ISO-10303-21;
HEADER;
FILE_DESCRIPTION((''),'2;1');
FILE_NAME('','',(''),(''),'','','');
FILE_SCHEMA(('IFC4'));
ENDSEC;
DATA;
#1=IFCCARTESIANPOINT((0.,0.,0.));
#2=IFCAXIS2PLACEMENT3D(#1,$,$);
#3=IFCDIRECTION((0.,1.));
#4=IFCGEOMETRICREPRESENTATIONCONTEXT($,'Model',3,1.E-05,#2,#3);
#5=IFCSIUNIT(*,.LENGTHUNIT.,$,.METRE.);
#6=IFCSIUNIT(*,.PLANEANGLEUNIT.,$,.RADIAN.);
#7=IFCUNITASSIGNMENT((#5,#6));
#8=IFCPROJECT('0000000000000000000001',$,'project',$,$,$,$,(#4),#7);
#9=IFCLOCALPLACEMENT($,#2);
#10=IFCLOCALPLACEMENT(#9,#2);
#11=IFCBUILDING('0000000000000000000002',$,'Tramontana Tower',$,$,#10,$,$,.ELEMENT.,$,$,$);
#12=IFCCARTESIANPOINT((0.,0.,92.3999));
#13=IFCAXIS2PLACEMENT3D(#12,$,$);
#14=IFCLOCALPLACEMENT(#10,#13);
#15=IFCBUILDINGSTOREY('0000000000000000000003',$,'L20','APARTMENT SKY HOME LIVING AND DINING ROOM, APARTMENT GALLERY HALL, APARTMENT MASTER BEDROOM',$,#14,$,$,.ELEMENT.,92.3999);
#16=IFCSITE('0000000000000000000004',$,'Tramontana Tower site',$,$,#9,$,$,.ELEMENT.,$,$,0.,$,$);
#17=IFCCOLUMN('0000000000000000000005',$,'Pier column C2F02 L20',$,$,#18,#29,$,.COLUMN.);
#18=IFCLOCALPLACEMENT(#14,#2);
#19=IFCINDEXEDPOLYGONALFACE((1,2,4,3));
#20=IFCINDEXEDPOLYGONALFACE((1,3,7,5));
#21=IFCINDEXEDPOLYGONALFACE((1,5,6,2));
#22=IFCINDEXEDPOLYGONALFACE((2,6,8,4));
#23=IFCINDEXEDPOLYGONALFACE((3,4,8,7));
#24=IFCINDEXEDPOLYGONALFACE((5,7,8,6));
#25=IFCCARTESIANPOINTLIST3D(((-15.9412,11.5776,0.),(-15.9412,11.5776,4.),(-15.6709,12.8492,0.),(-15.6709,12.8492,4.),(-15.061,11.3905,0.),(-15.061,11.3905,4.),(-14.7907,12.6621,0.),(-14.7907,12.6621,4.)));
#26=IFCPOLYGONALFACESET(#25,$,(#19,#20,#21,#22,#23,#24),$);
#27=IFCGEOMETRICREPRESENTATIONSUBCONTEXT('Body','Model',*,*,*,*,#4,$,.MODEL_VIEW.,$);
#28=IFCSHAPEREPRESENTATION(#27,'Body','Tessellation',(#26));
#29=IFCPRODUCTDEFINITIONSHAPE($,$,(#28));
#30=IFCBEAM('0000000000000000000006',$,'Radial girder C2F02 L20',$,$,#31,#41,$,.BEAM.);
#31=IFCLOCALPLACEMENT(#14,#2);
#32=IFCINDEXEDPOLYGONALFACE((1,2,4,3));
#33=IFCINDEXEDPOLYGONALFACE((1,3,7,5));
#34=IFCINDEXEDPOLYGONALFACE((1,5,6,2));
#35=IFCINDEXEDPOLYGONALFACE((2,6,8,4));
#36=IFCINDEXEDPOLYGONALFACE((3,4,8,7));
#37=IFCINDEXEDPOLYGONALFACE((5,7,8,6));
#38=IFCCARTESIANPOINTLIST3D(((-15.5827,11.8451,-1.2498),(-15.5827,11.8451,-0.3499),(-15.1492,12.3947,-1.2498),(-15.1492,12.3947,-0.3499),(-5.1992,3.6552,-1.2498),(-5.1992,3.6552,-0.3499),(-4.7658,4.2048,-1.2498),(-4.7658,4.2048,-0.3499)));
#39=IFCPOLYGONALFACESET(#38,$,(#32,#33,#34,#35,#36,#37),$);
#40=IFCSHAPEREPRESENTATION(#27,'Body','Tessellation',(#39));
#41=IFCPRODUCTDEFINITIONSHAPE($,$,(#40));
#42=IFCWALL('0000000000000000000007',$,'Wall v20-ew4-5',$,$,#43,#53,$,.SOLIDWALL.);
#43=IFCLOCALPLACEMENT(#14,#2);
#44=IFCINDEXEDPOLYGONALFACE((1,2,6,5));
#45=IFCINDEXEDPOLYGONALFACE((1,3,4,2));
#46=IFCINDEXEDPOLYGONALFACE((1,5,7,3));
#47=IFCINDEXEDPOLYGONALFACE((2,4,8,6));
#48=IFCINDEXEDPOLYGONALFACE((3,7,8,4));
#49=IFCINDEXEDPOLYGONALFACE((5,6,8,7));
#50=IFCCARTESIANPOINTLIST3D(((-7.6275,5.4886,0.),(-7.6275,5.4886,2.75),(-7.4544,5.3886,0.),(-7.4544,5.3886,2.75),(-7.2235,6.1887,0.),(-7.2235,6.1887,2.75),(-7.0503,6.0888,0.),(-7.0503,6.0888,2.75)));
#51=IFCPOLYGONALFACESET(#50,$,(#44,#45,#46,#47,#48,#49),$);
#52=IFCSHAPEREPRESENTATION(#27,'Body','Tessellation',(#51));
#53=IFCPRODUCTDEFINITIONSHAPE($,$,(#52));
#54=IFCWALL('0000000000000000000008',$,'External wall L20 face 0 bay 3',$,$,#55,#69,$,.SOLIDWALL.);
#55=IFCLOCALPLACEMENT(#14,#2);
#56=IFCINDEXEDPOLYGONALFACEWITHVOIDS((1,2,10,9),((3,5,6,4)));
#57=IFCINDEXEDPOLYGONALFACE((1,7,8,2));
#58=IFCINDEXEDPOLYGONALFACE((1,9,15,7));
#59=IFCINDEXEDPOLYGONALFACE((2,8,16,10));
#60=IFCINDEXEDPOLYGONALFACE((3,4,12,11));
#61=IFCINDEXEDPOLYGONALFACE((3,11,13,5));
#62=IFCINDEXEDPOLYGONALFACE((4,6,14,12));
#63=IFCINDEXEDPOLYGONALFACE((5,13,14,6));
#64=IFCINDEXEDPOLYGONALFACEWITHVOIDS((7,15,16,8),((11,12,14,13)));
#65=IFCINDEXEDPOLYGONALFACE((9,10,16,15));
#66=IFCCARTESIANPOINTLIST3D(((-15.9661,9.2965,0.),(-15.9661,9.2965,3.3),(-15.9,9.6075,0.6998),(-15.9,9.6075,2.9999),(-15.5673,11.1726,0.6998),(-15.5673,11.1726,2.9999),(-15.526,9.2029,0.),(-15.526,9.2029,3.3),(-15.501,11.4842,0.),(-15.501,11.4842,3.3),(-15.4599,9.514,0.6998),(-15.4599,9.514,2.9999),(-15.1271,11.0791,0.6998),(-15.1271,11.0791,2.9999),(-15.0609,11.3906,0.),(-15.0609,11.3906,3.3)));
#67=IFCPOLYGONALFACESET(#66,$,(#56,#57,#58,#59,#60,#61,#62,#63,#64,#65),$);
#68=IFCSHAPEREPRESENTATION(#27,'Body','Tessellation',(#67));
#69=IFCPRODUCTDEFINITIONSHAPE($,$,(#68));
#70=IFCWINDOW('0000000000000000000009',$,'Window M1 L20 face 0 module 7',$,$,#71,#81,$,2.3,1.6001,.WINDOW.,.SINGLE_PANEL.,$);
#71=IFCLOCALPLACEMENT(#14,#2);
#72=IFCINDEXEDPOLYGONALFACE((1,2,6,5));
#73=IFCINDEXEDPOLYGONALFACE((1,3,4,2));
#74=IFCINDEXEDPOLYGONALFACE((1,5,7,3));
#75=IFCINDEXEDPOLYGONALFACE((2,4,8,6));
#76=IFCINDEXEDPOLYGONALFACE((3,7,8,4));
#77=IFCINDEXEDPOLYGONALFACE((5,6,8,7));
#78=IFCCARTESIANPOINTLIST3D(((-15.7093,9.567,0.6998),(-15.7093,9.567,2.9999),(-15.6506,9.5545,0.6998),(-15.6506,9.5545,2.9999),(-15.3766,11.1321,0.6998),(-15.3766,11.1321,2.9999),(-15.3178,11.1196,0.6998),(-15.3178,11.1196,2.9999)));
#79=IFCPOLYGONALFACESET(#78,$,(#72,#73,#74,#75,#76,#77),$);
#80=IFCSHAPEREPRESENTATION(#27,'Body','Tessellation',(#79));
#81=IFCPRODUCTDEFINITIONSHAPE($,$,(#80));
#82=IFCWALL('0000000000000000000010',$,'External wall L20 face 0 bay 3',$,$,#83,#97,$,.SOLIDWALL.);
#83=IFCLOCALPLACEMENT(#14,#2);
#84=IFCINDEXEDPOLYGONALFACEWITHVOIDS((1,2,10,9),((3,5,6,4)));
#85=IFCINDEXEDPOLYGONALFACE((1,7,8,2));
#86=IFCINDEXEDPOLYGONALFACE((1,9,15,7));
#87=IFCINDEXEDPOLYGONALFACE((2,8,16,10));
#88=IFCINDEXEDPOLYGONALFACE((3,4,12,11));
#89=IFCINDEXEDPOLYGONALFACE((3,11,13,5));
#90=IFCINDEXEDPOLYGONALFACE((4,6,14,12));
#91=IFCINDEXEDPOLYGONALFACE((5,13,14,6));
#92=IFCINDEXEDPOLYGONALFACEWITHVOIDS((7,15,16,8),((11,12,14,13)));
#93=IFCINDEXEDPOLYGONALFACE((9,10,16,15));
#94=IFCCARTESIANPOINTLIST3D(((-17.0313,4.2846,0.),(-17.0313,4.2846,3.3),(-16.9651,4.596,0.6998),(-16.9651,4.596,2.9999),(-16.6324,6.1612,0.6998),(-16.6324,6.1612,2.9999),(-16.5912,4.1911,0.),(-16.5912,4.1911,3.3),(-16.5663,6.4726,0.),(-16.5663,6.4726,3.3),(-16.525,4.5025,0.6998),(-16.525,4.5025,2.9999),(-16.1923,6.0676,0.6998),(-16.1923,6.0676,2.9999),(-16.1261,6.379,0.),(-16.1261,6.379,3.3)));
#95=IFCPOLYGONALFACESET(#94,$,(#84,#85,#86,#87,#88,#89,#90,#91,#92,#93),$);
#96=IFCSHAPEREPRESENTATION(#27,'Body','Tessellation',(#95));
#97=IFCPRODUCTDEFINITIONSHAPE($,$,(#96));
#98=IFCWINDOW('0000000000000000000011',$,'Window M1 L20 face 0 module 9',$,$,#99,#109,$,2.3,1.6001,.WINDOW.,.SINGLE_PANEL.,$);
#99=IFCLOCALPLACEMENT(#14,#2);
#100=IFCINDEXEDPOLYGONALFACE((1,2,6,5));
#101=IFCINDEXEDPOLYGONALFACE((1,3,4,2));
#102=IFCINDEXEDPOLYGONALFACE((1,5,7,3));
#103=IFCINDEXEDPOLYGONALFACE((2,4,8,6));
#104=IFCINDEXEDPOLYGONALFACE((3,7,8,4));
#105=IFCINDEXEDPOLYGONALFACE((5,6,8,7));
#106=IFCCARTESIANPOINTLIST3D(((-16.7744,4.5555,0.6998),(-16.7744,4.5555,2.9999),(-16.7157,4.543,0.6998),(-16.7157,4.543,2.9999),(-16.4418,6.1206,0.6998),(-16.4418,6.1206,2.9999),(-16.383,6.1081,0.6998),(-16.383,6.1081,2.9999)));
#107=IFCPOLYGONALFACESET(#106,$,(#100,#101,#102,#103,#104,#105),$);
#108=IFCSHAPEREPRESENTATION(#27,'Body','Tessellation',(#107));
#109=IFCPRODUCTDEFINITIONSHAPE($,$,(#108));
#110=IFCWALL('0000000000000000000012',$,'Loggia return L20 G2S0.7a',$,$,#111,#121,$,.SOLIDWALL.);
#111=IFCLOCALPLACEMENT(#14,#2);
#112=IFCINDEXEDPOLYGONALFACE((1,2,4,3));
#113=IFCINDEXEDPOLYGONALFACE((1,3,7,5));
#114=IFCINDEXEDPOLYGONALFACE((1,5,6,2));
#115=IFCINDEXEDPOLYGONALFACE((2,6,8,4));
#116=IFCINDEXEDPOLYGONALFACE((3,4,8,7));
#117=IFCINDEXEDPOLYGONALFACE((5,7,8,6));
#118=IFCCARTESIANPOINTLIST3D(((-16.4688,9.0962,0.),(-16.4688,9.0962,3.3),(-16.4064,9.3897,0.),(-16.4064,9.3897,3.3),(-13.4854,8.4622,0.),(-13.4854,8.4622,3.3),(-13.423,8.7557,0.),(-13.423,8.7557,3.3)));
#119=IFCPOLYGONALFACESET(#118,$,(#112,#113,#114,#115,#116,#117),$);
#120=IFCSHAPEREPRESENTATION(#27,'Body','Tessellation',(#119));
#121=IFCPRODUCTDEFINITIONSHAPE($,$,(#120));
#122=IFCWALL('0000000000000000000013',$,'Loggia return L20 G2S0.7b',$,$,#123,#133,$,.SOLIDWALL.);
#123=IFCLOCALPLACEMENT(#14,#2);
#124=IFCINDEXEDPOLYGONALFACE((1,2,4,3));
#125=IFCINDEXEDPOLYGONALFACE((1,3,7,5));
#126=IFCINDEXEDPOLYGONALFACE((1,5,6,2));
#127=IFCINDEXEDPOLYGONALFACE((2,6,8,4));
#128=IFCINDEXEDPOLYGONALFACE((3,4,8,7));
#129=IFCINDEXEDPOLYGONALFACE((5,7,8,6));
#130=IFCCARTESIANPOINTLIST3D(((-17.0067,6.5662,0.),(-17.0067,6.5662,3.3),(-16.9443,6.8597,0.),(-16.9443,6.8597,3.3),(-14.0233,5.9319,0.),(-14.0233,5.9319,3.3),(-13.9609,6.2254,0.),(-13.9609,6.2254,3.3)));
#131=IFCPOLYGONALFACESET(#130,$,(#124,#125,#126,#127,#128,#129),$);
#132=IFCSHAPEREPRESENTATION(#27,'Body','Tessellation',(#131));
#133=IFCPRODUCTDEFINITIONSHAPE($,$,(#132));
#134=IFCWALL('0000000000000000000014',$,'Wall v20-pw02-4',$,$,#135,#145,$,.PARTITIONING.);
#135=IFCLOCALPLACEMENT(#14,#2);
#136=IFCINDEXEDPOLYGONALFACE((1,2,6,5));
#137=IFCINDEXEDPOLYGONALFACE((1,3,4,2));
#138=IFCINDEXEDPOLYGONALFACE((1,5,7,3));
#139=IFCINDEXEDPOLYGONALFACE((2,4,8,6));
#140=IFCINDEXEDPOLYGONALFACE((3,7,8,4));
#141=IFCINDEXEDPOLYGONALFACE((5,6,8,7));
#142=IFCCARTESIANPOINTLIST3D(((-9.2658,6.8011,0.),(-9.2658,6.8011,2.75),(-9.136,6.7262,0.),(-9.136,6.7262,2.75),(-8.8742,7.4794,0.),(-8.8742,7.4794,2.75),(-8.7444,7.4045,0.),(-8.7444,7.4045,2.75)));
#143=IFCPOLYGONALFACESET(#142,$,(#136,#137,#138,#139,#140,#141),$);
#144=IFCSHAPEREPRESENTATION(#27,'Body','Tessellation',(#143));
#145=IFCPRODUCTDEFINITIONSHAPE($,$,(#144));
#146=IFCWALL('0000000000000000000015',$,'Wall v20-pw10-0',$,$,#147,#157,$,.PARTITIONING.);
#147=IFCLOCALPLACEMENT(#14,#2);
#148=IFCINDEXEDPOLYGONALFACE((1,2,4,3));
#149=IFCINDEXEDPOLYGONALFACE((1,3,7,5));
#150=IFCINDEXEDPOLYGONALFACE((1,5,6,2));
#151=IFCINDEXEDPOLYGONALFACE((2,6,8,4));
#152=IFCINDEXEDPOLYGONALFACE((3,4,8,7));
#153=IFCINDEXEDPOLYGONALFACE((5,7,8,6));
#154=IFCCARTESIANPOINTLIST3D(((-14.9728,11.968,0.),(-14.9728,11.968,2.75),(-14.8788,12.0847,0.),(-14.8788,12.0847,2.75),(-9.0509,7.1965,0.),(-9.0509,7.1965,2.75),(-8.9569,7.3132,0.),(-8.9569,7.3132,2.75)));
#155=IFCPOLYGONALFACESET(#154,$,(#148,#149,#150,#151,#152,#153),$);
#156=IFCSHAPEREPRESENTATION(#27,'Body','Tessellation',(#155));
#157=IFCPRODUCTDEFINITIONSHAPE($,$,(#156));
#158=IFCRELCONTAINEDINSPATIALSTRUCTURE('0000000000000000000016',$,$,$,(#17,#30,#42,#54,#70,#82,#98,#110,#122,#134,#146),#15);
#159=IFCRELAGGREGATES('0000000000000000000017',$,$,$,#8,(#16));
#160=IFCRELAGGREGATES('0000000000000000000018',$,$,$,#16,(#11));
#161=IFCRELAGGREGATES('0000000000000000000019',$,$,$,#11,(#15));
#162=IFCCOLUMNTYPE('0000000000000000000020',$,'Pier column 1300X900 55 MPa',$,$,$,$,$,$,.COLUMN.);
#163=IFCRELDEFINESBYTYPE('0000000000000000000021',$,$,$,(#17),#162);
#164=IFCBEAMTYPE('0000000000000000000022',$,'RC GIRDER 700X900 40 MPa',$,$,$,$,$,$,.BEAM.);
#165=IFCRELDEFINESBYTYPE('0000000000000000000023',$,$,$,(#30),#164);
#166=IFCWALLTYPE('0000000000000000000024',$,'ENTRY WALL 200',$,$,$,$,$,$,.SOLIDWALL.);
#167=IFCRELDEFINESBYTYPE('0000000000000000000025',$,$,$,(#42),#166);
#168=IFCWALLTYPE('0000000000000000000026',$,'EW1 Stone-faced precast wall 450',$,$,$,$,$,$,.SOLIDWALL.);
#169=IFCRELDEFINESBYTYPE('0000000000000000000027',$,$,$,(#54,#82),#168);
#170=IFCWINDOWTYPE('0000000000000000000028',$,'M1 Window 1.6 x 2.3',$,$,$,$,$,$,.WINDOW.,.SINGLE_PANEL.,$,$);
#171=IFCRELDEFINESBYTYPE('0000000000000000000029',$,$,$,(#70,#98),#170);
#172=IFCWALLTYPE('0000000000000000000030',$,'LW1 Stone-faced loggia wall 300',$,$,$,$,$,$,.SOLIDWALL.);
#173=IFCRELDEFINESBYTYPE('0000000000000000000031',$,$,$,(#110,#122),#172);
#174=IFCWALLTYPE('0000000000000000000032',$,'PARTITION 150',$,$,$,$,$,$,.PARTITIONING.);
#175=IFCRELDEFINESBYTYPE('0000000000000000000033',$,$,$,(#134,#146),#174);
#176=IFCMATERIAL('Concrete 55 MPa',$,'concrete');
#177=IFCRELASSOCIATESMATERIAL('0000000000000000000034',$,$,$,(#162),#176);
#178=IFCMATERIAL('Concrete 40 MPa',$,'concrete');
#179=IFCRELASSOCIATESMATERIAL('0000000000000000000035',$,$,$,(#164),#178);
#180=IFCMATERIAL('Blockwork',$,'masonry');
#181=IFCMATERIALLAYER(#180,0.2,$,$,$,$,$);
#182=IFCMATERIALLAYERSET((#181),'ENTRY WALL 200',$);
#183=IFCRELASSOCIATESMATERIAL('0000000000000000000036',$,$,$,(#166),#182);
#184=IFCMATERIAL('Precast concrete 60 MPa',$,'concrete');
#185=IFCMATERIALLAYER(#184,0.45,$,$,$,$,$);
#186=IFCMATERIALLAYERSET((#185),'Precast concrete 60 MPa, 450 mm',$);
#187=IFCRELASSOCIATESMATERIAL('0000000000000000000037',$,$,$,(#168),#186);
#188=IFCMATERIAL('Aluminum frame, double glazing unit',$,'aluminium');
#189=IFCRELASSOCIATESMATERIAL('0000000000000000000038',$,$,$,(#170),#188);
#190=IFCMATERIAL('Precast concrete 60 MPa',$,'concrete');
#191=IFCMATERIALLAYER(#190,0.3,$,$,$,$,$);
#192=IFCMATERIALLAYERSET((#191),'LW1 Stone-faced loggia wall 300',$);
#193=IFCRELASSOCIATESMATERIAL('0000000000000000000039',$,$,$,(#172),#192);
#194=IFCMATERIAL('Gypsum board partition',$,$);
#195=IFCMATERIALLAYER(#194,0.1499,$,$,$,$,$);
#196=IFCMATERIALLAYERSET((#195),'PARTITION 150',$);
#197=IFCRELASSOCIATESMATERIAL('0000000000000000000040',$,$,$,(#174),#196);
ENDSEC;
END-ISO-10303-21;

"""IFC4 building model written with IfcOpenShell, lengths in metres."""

from ifc_helpers import new_model, si_unit, direction, frame, frame_2d, origin, origin_2d, place, context, subcontext, project, spatial, rectangle, extrude, material, layer, layer_set, material_profile, profile_set, type_object, element, fill, save


model = new_model("IFC4")

# Units and contexts
model_context = context("Model", 3, precision=1e-05, world=origin(), true_north=direction((0.0, 1.0)))
body_context = subcontext(model_context, "Body", "Model", "MODEL_VIEW")
ifc_project = project(units=[si_unit("LENGTHUNIT", "METRE"), si_unit("PLANEANGLEUNIT", "RADIAN")], contexts=[model_context])

# Site, building, storey
site_placement = place(None, origin())
site = spatial("IfcSite", under=ifc_project, at=site_placement, Name="Tramontana Tower site", CompositionType="ELEMENT", RefElevation=0.0)
building_placement = place(site_placement, origin())
building = spatial("IfcBuilding", under=site, at=building_placement, Name="Tramontana Tower", CompositionType="ELEMENT")
storey_placement = place(building_placement, frame((0.0, 0.0, 92.3999)))
storey = spatial("IfcBuildingStorey", under=building, at=storey_placement, Name="L20", Description="APARTMENT SKY HOME LIVING AND DINING ROOM, APARTMENT GALLERY HALL, APARTMENT MASTER BEDROOM", CompositionType="ELEMENT", Elevation=92.3999)

# Column
ifc_material_1 = material(Name="Concrete 55 MPa", Category="concrete")
ifc_material_profile_1 = material_profile(ifc_material_1, rectangle(XDim=1.3, YDim=0.8999, at=origin_2d()), Name="Pier column 1300X900 55 MPa")
ifc_profile_set_1 = profile_set([ifc_material_profile_1], Name="Concrete 55 MPa")
column_type = type_object("IfcColumnType", Name="Pier column 1300X900 55 MPa", PredefinedType="COLUMN", material=ifc_profile_set_1)
column_placement = place(storey_placement, frame((-15.366, 12.1199, 0.0), z_axis=(0.0, 0.0, 1.0), x_axis=(-0.207912, -0.978148, 0.0)))
element("IfcColumn", 1, at=column_placement, inside=storey, type_object=column_type, Name="Pier column C2F02 L20", PredefinedType="COLUMN", context=body_context, shape_type="SweptSolid", body=[
    extrude(rectangle(XDim=1.3, YDim=0.8999, at=origin_2d()), origin(), (0.0, 0.0, 1.0), 4.0),
])

# Beam
ifc_material_2 = material(Name="Concrete 40 MPa", Category="concrete")
ifc_material_profile_2 = material_profile(ifc_material_2, rectangle(XDim=0.7, YDim=0.8999, at=origin_2d()), Name="RC GIRDER 700X900 40 MPa")
ifc_profile_set_2 = profile_set([ifc_material_profile_2], Name="Concrete 40 MPa")
beam_type = type_object("IfcBeamType", Name="RC GIRDER 700X900 40 MPa", PredefinedType="BEAM", material=ifc_profile_set_2)
beam_placement = place(storey_placement, frame((-15.366, 12.1199, -0.7998), z_axis=(0.785162, -0.61929, 0.0), x_axis=(0.61929, 0.785162, 0.0)))
element("IfcBeam", 2, at=beam_placement, inside=storey, type_object=beam_type, Name="Radial girder C2F02 L20", PredefinedType="BEAM", context=body_context, shape_type="SweptSolid", body=[
    extrude(rectangle(XDim=0.7, YDim=0.8999, at=origin_2d()), origin(), (0.0, 0.0, 1.0), 13.2246),
])

# Wall
ifc_material_3 = material(Name="Blockwork", Category="masonry")
ifc_layer_1 = layer(ifc_material_3, 0.2)
ifc_layer_set_1 = layer_set([ifc_layer_1], Name="ENTRY WALL 200")
wall_type_1 = type_object("IfcWallType", Name="ENTRY WALL 200", PredefinedType="SOLIDWALL", material=ifc_layer_set_1)
wall_1_placement = place(storey_placement, frame((-7.541, 5.4385, 0.0), z_axis=(0.0, 0.0, 1.0), x_axis=(0.49981, 0.866135, 0.0)))
element("IfcWall", 3, at=wall_1_placement, inside=storey, type_object=wall_type_1, Name="Wall v20-ew4-5", PredefinedType="SOLIDWALL", context=body_context, shape_type="SweptSolid", body=[
    extrude(rectangle(XDim=0.8083, YDim=0.2, at=frame_2d((0.4043, 0.0))), origin(), (0.0, 0.0, 1.0), 2.75),
])

# Walls, openings, windows
ifc_material_4 = material(Name="Precast concrete 60 MPa", Category="concrete")
ifc_layer_2 = layer(ifc_material_4, 0.45)
ifc_layer_set_2 = layer_set([ifc_layer_2], Name="Precast concrete 60 MPa, 450 mm")
wall_type_2 = type_object("IfcWallType", Name="EW1 Stone-faced precast wall 450", PredefinedType="SOLIDWALL", material=ifc_layer_set_2)
wall_2_placement = place(storey_placement, frame((-15.281, 11.4373, 0.0), z_axis=(0.0, 0.0, 1.0), x_axis=(-0.207941, -0.978141, 0.0)))
wall_2 = element("IfcWall", 4, at=wall_2_placement, inside=storey, type_object=wall_type_2, Name="External wall L20 face 0 bay 3", PredefinedType="SOLIDWALL", context=body_context, shape_type="SweptSolid", body=[
    extrude(rectangle(XDim=2.2366, YDim=0.45, at=frame_2d((1.1182, 0.0))), origin(), (0.0, 0.0, 1.0), 3.3),
])
opening_1_placement = place(wall_2_placement, frame((0.3184, 0.0, 0.7)))
opening_1 = element("IfcOpeningElement", 5, at=opening_1_placement, cuts=wall_2, PredefinedType="OPENING", context=body_context, shape_type="SweptSolid", body=[
    extrude(rectangle(XDim=1.6001, YDim=2.3, at=frame_2d((0.8, 1.1499))), frame((0.0, 0.2349, 0.0), z_axis=(0.0, -1.0, 0.0), x_axis=(1.0, 0.0, 0.0)), (0.0, 0.0, 1.0), 0.47),
])
ifc_material_5 = material(Name="Aluminum frame, double glazing unit", Category="aluminium")
window_type = type_object("IfcWindowType", Name="M1 Window 1.6 x 2.3", PartitioningType="SINGLE_PANEL", PredefinedType="WINDOW", material=ifc_material_5)
window_1_placement = place(opening_1_placement, origin())
window_1 = element("IfcWindow", 6, at=window_1_placement, inside=storey, type_object=window_type, Name="Window M1 L20 face 0 module 7", OverallHeight=2.3, OverallWidth=1.6001, PartitioningType="SINGLE_PANEL", PredefinedType="WINDOW", context=body_context, shape_type="SweptSolid", body=[
    extrude(rectangle(XDim=1.6001, YDim=2.3, at=frame_2d((0.8, 1.1499))), frame((0.0, 0.03, 0.0), z_axis=(0.0, -1.0, 0.0), x_axis=(1.0, 0.0, 0.0)), (0.0, 0.0, 1.0), 0.0601),
])
fill(opening_1, window_1)
wall_3_placement = place(storey_placement, frame((-16.3462, 6.4258, 0.0), z_axis=(0.0, 0.0, 1.0), x_axis=(-0.207919, -0.978146, 0.0)))
wall_3 = element("IfcWall", 7, at=wall_3_placement, inside=storey, type_object=wall_type_2, Name="External wall L20 face 0 bay 3", PredefinedType="SOLIDWALL", context=body_context, shape_type="SweptSolid", body=[
    extrude(rectangle(XDim=2.2368, YDim=0.45, at=frame_2d((1.1184, 0.0))), origin(), (0.0, 0.0, 1.0), 3.3),
])
opening_2_placement = place(wall_3_placement, frame((0.3184, 0.0, 0.7)))
opening_2 = element("IfcOpeningElement", 8, at=opening_2_placement, cuts=wall_3, PredefinedType="OPENING", context=body_context, shape_type="SweptSolid", body=[
    extrude(rectangle(XDim=1.6001, YDim=2.3, at=frame_2d((0.8, 1.1499))), frame((0.0, 0.2349, 0.0), z_axis=(0.0, -1.0, 0.0), x_axis=(1.0, 0.0, 0.0)), (0.0, 0.0, 1.0), 0.47),
])
window_2_placement = place(opening_2_placement, origin())
window_2 = element("IfcWindow", 9, at=window_2_placement, inside=storey, type_object=window_type, Name="Window M1 L20 face 0 module 9", OverallHeight=2.3, OverallWidth=1.6001, PartitioningType="SINGLE_PANEL", PredefinedType="WINDOW", context=body_context, shape_type="SweptSolid", body=[
    extrude(rectangle(XDim=1.6001, YDim=2.3, at=frame_2d((0.8, 1.1499))), frame((0.0, 0.03, 0.0), z_axis=(0.0, -1.0, 0.0), x_axis=(1.0, 0.0, 0.0)), (0.0, 0.0, 1.0), 0.0601),
])
fill(opening_2, window_2)

# Shared definitions
ifc_material_6 = material(Name="Precast concrete 60 MPa", Category="concrete")
ifc_layer_3 = layer(ifc_material_6, 0.3)
ifc_layer_set_3 = layer_set([ifc_layer_3], Name="LW1 Stone-faced loggia wall 300")
wall_type_3 = type_object("IfcWallType", Name="LW1 Stone-faced loggia wall 300", PredefinedType="SOLIDWALL", material=ifc_layer_set_3)

# Walls
for number, where, z_axis, x_axis, name in (
    (10, (-16.4375, 9.2429, 0.0), (0.0, 0.0, 1.0), (0.978155, -0.207878, 0.0), "Loggia return L20 G2S0.7a"),
    (11, (-16.9753, 6.7129, 0.0), (0.0, 0.0, 1.0), (0.978139, -0.207954, 0.0), "Loggia return L20 G2S0.7b"),
):
    element("IfcWall", number, at=place(storey_placement, frame(where, z_axis=z_axis, x_axis=x_axis)), inside=storey, type_object=wall_type_3, Name=name, PredefinedType="SOLIDWALL", context=body_context, shape_type="SweptSolid", body=[
        extrude(rectangle(XDim=3.05, YDim=0.3, at=frame_2d((1.5249, 0.0))), origin(), (0.0, 0.0, 1.0), 3.3),
    ])
ifc_material_7 = material(Name="Gypsum board partition")
ifc_layer_4 = layer(ifc_material_7, 0.1499)
ifc_layer_set_4 = layer_set([ifc_layer_4], Name="PARTITION 150")
wall_type_4 = type_object("IfcWallType", Name="PARTITION 150", PredefinedType="PARTITIONING", material=ifc_layer_set_4)
wall_4_placement = place(storey_placement, frame((-9.2009, 6.7637, 0.0), z_axis=(0.0, 0.0, 1.0), x_axis=(0.500028, 0.866009, 0.0)))
element("IfcWall", 12, at=wall_4_placement, inside=storey, type_object=wall_type_4, Name="Wall v20-pw02-4", PredefinedType="PARTITIONING", context=body_context, shape_type="SweptSolid", body=[
    extrude(rectangle(XDim=0.7832, YDim=0.1499, at=frame_2d((0.3916, 0.0))), origin(), (0.0, 0.0, 1.0), 2.75),
])

# Wall
wall_5_placement = place(storey_placement, frame((-9.0039, 7.2549, 0.0), z_axis=(0.0, 0.0, 1.0), x_axis=(-0.778684, 0.627416, 0.0)))
element("IfcWall", 13, at=wall_5_placement, inside=storey, type_object=wall_type_4, Name="Wall v20-pw10-0", PredefinedType="PARTITIONING", context=body_context, shape_type="SweptSolid", body=[
    extrude(rectangle(XDim=7.605, YDim=0.1499, at=frame_2d((3.8025, 0.0))), origin(), (0.0, 0.0, 1.0), 2.75),
])

save(model, "model.ifc")
